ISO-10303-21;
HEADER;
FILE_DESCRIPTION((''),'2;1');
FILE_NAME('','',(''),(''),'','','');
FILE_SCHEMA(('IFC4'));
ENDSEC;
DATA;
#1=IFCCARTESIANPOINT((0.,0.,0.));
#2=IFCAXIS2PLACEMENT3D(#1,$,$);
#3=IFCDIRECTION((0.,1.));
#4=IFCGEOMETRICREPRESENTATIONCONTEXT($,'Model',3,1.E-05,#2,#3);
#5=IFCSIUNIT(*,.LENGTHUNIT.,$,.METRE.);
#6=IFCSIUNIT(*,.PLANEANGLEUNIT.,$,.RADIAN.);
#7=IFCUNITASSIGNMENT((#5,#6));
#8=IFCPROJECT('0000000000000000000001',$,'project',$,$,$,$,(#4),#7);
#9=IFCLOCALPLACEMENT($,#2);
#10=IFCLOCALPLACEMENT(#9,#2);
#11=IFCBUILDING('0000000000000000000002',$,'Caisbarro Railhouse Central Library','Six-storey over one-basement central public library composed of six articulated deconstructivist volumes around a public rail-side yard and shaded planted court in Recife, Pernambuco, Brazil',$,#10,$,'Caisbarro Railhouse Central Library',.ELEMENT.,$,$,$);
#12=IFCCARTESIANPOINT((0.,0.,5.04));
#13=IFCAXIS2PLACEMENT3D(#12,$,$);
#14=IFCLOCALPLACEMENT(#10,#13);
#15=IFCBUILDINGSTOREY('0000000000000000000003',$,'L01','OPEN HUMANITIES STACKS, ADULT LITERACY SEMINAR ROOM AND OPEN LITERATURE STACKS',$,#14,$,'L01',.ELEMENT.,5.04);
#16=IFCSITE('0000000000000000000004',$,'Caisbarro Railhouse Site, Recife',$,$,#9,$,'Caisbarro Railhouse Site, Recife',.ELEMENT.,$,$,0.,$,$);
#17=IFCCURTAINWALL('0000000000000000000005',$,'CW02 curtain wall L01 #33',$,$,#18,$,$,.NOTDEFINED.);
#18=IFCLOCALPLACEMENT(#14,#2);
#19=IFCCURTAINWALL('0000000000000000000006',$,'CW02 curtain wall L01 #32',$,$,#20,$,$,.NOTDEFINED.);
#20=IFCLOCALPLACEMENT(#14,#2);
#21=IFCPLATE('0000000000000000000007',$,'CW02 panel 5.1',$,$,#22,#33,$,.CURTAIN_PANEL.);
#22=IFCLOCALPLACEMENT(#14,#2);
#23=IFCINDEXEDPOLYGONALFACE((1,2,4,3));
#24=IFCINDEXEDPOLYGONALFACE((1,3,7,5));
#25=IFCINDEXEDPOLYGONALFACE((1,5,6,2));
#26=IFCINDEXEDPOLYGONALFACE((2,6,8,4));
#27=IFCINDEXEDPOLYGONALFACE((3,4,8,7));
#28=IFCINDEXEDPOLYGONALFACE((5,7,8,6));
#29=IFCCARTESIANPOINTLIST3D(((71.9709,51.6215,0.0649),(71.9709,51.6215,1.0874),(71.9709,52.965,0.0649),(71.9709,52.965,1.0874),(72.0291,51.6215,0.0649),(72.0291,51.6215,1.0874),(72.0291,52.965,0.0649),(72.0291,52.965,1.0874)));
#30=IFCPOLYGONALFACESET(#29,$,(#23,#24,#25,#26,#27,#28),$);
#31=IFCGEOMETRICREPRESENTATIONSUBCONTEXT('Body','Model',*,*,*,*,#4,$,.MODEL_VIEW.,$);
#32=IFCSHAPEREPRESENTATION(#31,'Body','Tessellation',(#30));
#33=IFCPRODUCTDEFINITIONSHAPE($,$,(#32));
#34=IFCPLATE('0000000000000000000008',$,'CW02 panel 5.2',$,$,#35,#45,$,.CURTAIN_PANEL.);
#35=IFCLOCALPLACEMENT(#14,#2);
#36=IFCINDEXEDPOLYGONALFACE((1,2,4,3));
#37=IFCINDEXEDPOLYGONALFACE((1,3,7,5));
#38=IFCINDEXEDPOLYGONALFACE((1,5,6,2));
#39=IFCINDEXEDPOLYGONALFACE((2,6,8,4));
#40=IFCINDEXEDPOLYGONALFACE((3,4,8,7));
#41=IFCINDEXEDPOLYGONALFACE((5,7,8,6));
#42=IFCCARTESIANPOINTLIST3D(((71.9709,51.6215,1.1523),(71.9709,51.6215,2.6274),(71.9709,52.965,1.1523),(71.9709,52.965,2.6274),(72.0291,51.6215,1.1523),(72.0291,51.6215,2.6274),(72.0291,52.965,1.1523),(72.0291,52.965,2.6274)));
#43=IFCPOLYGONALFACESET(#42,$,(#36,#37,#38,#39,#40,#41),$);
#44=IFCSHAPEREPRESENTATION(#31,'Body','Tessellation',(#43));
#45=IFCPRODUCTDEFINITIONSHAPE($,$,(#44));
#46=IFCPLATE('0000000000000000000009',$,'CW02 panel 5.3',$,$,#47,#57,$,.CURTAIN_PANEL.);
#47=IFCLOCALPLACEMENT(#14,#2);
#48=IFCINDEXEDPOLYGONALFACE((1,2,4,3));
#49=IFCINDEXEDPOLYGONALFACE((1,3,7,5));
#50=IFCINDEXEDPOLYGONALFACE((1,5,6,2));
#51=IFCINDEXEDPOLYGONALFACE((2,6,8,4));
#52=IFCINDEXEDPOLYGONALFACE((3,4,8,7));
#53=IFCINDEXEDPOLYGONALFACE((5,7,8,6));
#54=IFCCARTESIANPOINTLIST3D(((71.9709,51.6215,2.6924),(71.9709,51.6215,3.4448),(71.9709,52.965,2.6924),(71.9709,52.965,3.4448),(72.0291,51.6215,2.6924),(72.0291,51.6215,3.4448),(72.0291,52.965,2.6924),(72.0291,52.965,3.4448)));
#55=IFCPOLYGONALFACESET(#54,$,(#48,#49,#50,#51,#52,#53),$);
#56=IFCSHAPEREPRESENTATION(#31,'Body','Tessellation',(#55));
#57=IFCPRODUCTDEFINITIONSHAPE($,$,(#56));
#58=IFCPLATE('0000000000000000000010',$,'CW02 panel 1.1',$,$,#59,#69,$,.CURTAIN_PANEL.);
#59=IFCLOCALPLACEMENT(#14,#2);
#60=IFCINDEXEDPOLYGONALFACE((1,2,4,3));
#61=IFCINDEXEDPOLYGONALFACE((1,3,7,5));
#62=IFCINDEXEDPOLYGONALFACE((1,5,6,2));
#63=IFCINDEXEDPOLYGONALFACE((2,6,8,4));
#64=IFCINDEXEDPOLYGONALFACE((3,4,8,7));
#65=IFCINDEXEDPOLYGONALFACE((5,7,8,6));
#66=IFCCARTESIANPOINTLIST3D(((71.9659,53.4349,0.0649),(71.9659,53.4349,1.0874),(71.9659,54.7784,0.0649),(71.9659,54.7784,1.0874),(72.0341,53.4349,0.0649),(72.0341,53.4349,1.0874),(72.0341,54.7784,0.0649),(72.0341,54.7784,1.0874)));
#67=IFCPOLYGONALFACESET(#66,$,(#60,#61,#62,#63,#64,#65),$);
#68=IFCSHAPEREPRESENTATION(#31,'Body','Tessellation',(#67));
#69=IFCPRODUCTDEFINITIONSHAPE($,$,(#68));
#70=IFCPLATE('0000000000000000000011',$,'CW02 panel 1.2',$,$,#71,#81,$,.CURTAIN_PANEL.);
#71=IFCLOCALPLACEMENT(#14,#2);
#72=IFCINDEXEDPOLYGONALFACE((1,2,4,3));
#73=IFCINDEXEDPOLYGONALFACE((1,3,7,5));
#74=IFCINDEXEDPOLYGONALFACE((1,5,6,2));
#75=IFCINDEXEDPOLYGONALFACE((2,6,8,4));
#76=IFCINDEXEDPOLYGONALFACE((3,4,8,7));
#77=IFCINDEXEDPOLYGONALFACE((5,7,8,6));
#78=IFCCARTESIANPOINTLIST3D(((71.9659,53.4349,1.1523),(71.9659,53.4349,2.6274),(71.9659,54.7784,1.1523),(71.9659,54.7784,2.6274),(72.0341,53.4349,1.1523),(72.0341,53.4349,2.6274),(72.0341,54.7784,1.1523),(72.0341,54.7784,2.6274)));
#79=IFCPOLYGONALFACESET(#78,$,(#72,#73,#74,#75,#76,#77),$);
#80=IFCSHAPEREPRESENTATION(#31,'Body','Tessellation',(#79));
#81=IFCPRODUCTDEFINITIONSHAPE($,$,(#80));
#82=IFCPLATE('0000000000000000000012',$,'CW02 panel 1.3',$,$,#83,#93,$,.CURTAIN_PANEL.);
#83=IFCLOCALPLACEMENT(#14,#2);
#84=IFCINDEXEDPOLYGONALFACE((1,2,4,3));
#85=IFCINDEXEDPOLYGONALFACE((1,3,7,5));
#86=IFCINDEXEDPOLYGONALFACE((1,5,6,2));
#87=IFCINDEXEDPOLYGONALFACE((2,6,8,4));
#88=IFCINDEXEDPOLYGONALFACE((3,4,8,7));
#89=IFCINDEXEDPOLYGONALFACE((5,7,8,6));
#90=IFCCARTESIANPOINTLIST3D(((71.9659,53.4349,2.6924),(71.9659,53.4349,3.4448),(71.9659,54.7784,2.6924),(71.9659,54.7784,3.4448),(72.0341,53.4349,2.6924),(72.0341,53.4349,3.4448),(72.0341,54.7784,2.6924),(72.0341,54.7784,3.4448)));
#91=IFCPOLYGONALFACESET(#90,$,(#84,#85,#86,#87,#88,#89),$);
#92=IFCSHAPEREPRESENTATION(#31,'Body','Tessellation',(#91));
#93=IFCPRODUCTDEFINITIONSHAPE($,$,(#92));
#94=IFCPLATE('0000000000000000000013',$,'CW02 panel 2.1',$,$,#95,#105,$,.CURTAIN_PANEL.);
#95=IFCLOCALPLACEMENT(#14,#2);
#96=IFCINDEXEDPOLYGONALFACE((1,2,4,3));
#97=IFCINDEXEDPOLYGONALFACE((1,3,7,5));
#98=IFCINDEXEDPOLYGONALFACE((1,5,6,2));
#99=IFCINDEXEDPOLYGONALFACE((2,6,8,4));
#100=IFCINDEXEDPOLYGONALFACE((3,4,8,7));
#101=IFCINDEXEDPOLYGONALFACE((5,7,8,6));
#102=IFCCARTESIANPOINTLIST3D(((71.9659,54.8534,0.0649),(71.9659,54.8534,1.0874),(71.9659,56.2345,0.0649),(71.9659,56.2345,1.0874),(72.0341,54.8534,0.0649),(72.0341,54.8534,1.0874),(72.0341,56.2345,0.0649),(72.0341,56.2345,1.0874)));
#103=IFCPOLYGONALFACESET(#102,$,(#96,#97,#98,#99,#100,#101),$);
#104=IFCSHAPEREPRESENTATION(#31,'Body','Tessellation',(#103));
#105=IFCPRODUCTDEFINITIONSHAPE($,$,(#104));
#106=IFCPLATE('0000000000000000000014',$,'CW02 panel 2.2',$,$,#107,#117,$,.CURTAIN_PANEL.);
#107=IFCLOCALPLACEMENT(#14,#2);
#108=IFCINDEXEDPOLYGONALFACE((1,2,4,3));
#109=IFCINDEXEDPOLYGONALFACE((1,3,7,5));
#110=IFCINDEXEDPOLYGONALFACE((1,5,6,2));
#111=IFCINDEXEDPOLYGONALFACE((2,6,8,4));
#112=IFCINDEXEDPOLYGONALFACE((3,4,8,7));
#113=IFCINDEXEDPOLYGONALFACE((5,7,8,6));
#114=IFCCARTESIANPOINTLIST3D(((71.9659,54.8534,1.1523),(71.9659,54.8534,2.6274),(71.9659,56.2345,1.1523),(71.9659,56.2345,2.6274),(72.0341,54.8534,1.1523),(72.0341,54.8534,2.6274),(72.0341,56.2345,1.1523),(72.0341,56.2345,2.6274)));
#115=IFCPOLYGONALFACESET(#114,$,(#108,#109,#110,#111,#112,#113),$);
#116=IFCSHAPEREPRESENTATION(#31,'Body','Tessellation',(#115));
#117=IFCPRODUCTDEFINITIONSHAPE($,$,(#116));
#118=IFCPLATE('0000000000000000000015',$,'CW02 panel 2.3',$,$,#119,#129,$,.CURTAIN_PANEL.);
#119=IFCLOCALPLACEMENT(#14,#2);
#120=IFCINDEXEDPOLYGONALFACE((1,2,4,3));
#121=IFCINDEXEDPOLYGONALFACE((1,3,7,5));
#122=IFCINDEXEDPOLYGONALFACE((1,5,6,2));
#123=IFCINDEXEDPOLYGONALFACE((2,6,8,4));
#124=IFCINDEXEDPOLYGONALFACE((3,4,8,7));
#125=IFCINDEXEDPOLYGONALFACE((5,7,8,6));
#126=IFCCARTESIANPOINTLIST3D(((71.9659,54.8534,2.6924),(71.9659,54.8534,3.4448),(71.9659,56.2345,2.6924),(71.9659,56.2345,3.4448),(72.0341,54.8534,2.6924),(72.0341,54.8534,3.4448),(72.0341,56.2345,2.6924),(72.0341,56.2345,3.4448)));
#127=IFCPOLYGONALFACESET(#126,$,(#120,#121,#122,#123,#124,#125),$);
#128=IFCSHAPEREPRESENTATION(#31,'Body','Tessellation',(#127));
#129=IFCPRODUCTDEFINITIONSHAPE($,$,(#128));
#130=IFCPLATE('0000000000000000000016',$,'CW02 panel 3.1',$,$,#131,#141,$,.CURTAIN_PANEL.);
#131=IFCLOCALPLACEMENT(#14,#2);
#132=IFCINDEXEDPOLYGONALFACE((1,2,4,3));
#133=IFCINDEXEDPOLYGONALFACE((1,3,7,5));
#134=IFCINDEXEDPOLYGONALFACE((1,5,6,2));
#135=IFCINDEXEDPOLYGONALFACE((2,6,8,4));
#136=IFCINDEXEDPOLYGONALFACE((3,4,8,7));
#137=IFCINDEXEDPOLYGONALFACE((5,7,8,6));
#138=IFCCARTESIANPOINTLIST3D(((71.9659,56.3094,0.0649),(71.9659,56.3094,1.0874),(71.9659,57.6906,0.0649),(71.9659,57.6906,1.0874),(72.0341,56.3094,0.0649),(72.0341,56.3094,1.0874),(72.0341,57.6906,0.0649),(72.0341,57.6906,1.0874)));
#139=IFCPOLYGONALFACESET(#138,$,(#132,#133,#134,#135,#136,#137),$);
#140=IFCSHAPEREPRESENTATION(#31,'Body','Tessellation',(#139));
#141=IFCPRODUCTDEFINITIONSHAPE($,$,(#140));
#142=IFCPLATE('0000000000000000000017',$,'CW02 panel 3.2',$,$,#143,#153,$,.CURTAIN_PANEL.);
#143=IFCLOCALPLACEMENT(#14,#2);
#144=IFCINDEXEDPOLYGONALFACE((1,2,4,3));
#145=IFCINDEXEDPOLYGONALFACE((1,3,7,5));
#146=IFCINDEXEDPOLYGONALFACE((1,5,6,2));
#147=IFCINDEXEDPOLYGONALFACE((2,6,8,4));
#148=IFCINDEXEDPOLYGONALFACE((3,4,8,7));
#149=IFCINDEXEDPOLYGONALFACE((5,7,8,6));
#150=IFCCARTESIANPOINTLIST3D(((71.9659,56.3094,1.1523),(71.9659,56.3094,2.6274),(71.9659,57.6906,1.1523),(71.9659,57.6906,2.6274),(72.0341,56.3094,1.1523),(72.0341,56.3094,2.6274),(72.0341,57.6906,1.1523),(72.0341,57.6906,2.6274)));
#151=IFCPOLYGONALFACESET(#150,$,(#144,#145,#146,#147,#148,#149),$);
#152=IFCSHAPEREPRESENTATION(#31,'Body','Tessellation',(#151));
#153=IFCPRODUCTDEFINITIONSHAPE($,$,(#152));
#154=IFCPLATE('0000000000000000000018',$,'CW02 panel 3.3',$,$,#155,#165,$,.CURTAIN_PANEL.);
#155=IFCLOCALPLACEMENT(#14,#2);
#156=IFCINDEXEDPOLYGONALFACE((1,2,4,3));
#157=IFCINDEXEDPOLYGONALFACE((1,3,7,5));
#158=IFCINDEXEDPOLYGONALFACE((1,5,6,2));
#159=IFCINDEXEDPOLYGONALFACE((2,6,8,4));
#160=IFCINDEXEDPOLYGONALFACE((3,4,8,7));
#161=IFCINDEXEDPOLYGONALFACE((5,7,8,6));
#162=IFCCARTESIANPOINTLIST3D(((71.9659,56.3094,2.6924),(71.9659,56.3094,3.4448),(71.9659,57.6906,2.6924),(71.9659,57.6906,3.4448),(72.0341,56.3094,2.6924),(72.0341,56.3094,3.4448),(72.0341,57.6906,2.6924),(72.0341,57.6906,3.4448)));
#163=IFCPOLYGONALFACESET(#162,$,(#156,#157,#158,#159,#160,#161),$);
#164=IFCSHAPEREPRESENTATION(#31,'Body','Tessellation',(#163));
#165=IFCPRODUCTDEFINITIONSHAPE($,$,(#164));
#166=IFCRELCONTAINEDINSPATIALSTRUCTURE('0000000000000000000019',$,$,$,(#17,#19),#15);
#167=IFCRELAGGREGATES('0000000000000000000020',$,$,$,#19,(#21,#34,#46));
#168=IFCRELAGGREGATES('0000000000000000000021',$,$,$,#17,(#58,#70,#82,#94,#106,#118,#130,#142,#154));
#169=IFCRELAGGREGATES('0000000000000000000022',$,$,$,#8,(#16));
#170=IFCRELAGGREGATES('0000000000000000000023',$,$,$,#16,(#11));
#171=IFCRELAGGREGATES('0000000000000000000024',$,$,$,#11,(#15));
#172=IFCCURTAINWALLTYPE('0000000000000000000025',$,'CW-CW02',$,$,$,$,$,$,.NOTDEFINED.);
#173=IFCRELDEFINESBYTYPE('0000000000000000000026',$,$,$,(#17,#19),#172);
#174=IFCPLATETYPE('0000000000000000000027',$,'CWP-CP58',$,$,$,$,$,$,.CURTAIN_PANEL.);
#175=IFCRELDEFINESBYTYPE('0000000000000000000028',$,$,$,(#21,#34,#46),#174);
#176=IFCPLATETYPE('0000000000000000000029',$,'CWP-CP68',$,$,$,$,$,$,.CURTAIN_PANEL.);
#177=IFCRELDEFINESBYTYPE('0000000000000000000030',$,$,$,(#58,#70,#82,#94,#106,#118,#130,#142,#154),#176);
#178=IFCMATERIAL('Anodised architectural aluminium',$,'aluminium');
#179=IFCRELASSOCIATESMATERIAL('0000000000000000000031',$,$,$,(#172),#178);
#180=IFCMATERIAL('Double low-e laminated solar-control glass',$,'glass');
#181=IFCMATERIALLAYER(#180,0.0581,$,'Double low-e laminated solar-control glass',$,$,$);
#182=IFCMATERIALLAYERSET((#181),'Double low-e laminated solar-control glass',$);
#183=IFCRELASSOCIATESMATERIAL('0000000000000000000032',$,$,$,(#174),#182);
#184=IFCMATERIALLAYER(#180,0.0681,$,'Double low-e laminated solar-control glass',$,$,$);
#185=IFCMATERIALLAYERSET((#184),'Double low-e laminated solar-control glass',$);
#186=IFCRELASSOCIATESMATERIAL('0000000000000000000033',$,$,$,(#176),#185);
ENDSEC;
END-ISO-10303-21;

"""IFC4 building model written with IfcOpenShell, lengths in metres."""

from ifc_helpers import new_model, si_unit, direction, frame, origin, origin_2d, place, context, subcontext, project, spatial, rectangle, extrude, material, layer, layer_set, type_object, element, aggregate, save


model = new_model("IFC4")

# Units and contexts
model_context = context("Model", 3, precision=1e-05, world=origin(), true_north=direction((0.0, 1.0)))
body_context = subcontext(model_context, "Body", "Model", "MODEL_VIEW")
ifc_project = project(units=[si_unit("LENGTHUNIT", "METRE"), si_unit("PLANEANGLEUNIT", "RADIAN")], contexts=[model_context])

# Site, building, storey
site_placement = place(None, origin())
site = spatial("IfcSite", under=ifc_project, at=site_placement, Name="Caisbarro Railhouse Site, Recife", LongName="Caisbarro Railhouse Site, Recife", CompositionType="ELEMENT", RefElevation=0.0)
building_placement = place(site_placement, origin())
building = spatial("IfcBuilding", under=site, at=building_placement, Name="Caisbarro Railhouse Central Library", Description="Six-storey over one-basement central public library composed of six articulated deconstructivist volumes around a public rail-side yard and shaded planted court in Recife, Pernambuco, Brazil", LongName="Caisbarro Railhouse Central Library", CompositionType="ELEMENT")
storey_placement = place(building_placement, frame((0.0, 0.0, 5.04)))
storey = spatial("IfcBuildingStorey", under=building, at=storey_placement, Name="L01", Description="OPEN HUMANITIES STACKS, ADULT LITERACY SEMINAR ROOM AND OPEN LITERATURE STACKS", LongName="L01", CompositionType="ELEMENT", Elevation=5.04)

# Curtain walls
ifc_material_1 = material(Name="Anodised architectural aluminium", Category="aluminium")
curtain_wall_type = type_object("IfcCurtainWallType", Name="CW-CW02", PredefinedType="NOTDEFINED", material=ifc_material_1)
curtain_wall_1_placement = place(storey_placement, origin())
curtain_wall_1 = element("IfcCurtainWall", 1, at=curtain_wall_1_placement, inside=storey, type_object=curtain_wall_type, Name="CW02 curtain wall L01 #33", PredefinedType="NOTDEFINED")
curtain_wall_2_placement = place(storey_placement, origin())
curtain_wall_2 = element("IfcCurtainWall", 2, at=curtain_wall_2_placement, inside=storey, type_object=curtain_wall_type, Name="CW02 curtain wall L01 #32", PredefinedType="NOTDEFINED")

# Plates
ifc_material_2 = material(Name="Double low-e laminated solar-control glass", Category="glass")
ifc_layer_1 = layer(ifc_material_2, 0.0581, Name="Double low-e laminated solar-control glass")
ifc_layer_set_1 = layer_set([ifc_layer_1], Name="Double low-e laminated solar-control glass")
plate_type_1 = type_object("IfcPlateType", Name="CWP-CP58", PredefinedType="CURTAIN_PANEL", material=ifc_layer_set_1)
plate_1_placement = place(storey_placement, frame((72.0, 52.2932, 0.0649), z_axis=(0.0, 0.0, 1.0), x_axis=(0.0, 1.0, 0.0)))
plate_1 = element("IfcPlate", 3, at=plate_1_placement, type_object=plate_type_1, Name="CW02 panel 5.1", PredefinedType="CURTAIN_PANEL", context=body_context, shape_type="SweptSolid", body=[
    extrude(rectangle(XDim=1.3435, YDim=0.0581, at=origin_2d()), origin(), (0.0, 0.0, 1.0), 1.0225),
])
plate_2_placement = place(storey_placement, frame((72.0, 52.2932, 1.1523), z_axis=(0.0, 0.0, 1.0), x_axis=(0.0, 1.0, 0.0)))
plate_2 = element("IfcPlate", 4, at=plate_2_placement, type_object=plate_type_1, Name="CW02 panel 5.2", PredefinedType="CURTAIN_PANEL", context=body_context, shape_type="SweptSolid", body=[
    extrude(rectangle(XDim=1.3435, YDim=0.0581, at=origin_2d()), origin(), (0.0, 0.0, 1.0), 1.4751),
])
plate_3_placement = place(storey_placement, frame((72.0, 52.2932, 2.6924), z_axis=(0.0, 0.0, 1.0), x_axis=(0.0, 1.0, 0.0)))
plate_3 = element("IfcPlate", 5, at=plate_3_placement, type_object=plate_type_1, Name="CW02 panel 5.3", PredefinedType="CURTAIN_PANEL", context=body_context, shape_type="SweptSolid", body=[
    extrude(rectangle(XDim=1.3435, YDim=0.0581, at=origin_2d()), origin(), (0.0, 0.0, 1.0), 0.7524),
])
aggregate(curtain_wall_2, [plate_1, plate_2, plate_3])
ifc_layer_2 = layer(ifc_material_2, 0.0681, Name="Double low-e laminated solar-control glass")
ifc_layer_set_2 = layer_set([ifc_layer_2], Name="Double low-e laminated solar-control glass")
plate_type_2 = type_object("IfcPlateType", Name="CWP-CP68", PredefinedType="CURTAIN_PANEL", material=ifc_layer_set_2)
plate_4_placement = place(storey_placement, frame((72.0, 54.1067, 0.0649), z_axis=(0.0, 0.0, 1.0), x_axis=(0.0, 1.0, 0.0)))
plate_4 = element("IfcPlate", 6, at=plate_4_placement, type_object=plate_type_2, Name="CW02 panel 1.1", PredefinedType="CURTAIN_PANEL", context=body_context, shape_type="SweptSolid", body=[
    extrude(rectangle(XDim=1.3435, YDim=0.0681, at=origin_2d()), origin(), (0.0, 0.0, 1.0), 1.0225),
])
plate_5_placement = place(storey_placement, frame((72.0, 54.1067, 1.1523), z_axis=(0.0, 0.0, 1.0), x_axis=(0.0, 1.0, 0.0)))
plate_5 = element("IfcPlate", 7, at=plate_5_placement, type_object=plate_type_2, Name="CW02 panel 1.2", PredefinedType="CURTAIN_PANEL", context=body_context, shape_type="SweptSolid", body=[
    extrude(rectangle(XDim=1.3435, YDim=0.0681, at=origin_2d()), origin(), (0.0, 0.0, 1.0), 1.4751),
])
plate_6_placement = place(storey_placement, frame((72.0, 54.1067, 2.6924), z_axis=(0.0, 0.0, 1.0), x_axis=(0.0, 1.0, 0.0)))
plate_6 = element("IfcPlate", 8, at=plate_6_placement, type_object=plate_type_2, Name="CW02 panel 1.3", PredefinedType="CURTAIN_PANEL", context=body_context, shape_type="SweptSolid", body=[
    extrude(rectangle(XDim=1.3435, YDim=0.0681, at=origin_2d()), origin(), (0.0, 0.0, 1.0), 0.7524),
])
plate_7_placement = place(storey_placement, frame((72.0, 55.5439, 0.0649), z_axis=(0.0, 0.0, 1.0), x_axis=(0.0, 1.0, 0.0)))
plate_7 = element("IfcPlate", 9, at=plate_7_placement, type_object=plate_type_2, Name="CW02 panel 2.1", PredefinedType="CURTAIN_PANEL", context=body_context, shape_type="SweptSolid", body=[
    extrude(rectangle(XDim=1.3811, YDim=0.0681, at=origin_2d()), origin(), (0.0, 0.0, 1.0), 1.0225),
])
plate_8_placement = place(storey_placement, frame((72.0, 55.5439, 1.1523), z_axis=(0.0, 0.0, 1.0), x_axis=(0.0, 1.0, 0.0)))
plate_8 = element("IfcPlate", 10, at=plate_8_placement, type_object=plate_type_2, Name="CW02 panel 2.2", PredefinedType="CURTAIN_PANEL", context=body_context, shape_type="SweptSolid", body=[
    extrude(rectangle(XDim=1.3811, YDim=0.0681, at=origin_2d()), origin(), (0.0, 0.0, 1.0), 1.4751),
])
plate_9_placement = place(storey_placement, frame((72.0, 55.5439, 2.6924), z_axis=(0.0, 0.0, 1.0), x_axis=(0.0, 1.0, 0.0)))
plate_9 = element("IfcPlate", 11, at=plate_9_placement, type_object=plate_type_2, Name="CW02 panel 2.3", PredefinedType="CURTAIN_PANEL", context=body_context, shape_type="SweptSolid", body=[
    extrude(rectangle(XDim=1.3811, YDim=0.0681, at=origin_2d()), origin(), (0.0, 0.0, 1.0), 0.7524),
])
plate_10_placement = place(storey_placement, frame((72.0, 57.0, 0.0649), z_axis=(0.0, 0.0, 1.0), x_axis=(0.0, 1.0, 0.0)))
plate_10 = element("IfcPlate", 12, at=plate_10_placement, type_object=plate_type_2, Name="CW02 panel 3.1", PredefinedType="CURTAIN_PANEL", context=body_context, shape_type="SweptSolid", body=[
    extrude(rectangle(XDim=1.3811, YDim=0.0681, at=origin_2d()), origin(), (0.0, 0.0, 1.0), 1.0225),
])
plate_11_placement = place(storey_placement, frame((72.0, 57.0, 1.1523), z_axis=(0.0, 0.0, 1.0), x_axis=(0.0, 1.0, 0.0)))
plate_11 = element("IfcPlate", 13, at=plate_11_placement, type_object=plate_type_2, Name="CW02 panel 3.2", PredefinedType="CURTAIN_PANEL", context=body_context, shape_type="SweptSolid", body=[
    extrude(rectangle(XDim=1.3811, YDim=0.0681, at=origin_2d()), origin(), (0.0, 0.0, 1.0), 1.4751),
])
plate_12_placement = place(storey_placement, frame((72.0, 57.0, 2.6924), z_axis=(0.0, 0.0, 1.0), x_axis=(0.0, 1.0, 0.0)))
plate_12 = element("IfcPlate", 14, at=plate_12_placement, type_object=plate_type_2, Name="CW02 panel 3.3", PredefinedType="CURTAIN_PANEL", context=body_context, shape_type="SweptSolid", body=[
    extrude(rectangle(XDim=1.3811, YDim=0.0681, at=origin_2d()), origin(), (0.0, 0.0, 1.0), 0.7524),
])
aggregate(curtain_wall_1, [plate_4, plate_5, plate_6, plate_7, plate_8, plate_9, plate_10, plate_11, plate_12])

save(model, "model.ifc")
